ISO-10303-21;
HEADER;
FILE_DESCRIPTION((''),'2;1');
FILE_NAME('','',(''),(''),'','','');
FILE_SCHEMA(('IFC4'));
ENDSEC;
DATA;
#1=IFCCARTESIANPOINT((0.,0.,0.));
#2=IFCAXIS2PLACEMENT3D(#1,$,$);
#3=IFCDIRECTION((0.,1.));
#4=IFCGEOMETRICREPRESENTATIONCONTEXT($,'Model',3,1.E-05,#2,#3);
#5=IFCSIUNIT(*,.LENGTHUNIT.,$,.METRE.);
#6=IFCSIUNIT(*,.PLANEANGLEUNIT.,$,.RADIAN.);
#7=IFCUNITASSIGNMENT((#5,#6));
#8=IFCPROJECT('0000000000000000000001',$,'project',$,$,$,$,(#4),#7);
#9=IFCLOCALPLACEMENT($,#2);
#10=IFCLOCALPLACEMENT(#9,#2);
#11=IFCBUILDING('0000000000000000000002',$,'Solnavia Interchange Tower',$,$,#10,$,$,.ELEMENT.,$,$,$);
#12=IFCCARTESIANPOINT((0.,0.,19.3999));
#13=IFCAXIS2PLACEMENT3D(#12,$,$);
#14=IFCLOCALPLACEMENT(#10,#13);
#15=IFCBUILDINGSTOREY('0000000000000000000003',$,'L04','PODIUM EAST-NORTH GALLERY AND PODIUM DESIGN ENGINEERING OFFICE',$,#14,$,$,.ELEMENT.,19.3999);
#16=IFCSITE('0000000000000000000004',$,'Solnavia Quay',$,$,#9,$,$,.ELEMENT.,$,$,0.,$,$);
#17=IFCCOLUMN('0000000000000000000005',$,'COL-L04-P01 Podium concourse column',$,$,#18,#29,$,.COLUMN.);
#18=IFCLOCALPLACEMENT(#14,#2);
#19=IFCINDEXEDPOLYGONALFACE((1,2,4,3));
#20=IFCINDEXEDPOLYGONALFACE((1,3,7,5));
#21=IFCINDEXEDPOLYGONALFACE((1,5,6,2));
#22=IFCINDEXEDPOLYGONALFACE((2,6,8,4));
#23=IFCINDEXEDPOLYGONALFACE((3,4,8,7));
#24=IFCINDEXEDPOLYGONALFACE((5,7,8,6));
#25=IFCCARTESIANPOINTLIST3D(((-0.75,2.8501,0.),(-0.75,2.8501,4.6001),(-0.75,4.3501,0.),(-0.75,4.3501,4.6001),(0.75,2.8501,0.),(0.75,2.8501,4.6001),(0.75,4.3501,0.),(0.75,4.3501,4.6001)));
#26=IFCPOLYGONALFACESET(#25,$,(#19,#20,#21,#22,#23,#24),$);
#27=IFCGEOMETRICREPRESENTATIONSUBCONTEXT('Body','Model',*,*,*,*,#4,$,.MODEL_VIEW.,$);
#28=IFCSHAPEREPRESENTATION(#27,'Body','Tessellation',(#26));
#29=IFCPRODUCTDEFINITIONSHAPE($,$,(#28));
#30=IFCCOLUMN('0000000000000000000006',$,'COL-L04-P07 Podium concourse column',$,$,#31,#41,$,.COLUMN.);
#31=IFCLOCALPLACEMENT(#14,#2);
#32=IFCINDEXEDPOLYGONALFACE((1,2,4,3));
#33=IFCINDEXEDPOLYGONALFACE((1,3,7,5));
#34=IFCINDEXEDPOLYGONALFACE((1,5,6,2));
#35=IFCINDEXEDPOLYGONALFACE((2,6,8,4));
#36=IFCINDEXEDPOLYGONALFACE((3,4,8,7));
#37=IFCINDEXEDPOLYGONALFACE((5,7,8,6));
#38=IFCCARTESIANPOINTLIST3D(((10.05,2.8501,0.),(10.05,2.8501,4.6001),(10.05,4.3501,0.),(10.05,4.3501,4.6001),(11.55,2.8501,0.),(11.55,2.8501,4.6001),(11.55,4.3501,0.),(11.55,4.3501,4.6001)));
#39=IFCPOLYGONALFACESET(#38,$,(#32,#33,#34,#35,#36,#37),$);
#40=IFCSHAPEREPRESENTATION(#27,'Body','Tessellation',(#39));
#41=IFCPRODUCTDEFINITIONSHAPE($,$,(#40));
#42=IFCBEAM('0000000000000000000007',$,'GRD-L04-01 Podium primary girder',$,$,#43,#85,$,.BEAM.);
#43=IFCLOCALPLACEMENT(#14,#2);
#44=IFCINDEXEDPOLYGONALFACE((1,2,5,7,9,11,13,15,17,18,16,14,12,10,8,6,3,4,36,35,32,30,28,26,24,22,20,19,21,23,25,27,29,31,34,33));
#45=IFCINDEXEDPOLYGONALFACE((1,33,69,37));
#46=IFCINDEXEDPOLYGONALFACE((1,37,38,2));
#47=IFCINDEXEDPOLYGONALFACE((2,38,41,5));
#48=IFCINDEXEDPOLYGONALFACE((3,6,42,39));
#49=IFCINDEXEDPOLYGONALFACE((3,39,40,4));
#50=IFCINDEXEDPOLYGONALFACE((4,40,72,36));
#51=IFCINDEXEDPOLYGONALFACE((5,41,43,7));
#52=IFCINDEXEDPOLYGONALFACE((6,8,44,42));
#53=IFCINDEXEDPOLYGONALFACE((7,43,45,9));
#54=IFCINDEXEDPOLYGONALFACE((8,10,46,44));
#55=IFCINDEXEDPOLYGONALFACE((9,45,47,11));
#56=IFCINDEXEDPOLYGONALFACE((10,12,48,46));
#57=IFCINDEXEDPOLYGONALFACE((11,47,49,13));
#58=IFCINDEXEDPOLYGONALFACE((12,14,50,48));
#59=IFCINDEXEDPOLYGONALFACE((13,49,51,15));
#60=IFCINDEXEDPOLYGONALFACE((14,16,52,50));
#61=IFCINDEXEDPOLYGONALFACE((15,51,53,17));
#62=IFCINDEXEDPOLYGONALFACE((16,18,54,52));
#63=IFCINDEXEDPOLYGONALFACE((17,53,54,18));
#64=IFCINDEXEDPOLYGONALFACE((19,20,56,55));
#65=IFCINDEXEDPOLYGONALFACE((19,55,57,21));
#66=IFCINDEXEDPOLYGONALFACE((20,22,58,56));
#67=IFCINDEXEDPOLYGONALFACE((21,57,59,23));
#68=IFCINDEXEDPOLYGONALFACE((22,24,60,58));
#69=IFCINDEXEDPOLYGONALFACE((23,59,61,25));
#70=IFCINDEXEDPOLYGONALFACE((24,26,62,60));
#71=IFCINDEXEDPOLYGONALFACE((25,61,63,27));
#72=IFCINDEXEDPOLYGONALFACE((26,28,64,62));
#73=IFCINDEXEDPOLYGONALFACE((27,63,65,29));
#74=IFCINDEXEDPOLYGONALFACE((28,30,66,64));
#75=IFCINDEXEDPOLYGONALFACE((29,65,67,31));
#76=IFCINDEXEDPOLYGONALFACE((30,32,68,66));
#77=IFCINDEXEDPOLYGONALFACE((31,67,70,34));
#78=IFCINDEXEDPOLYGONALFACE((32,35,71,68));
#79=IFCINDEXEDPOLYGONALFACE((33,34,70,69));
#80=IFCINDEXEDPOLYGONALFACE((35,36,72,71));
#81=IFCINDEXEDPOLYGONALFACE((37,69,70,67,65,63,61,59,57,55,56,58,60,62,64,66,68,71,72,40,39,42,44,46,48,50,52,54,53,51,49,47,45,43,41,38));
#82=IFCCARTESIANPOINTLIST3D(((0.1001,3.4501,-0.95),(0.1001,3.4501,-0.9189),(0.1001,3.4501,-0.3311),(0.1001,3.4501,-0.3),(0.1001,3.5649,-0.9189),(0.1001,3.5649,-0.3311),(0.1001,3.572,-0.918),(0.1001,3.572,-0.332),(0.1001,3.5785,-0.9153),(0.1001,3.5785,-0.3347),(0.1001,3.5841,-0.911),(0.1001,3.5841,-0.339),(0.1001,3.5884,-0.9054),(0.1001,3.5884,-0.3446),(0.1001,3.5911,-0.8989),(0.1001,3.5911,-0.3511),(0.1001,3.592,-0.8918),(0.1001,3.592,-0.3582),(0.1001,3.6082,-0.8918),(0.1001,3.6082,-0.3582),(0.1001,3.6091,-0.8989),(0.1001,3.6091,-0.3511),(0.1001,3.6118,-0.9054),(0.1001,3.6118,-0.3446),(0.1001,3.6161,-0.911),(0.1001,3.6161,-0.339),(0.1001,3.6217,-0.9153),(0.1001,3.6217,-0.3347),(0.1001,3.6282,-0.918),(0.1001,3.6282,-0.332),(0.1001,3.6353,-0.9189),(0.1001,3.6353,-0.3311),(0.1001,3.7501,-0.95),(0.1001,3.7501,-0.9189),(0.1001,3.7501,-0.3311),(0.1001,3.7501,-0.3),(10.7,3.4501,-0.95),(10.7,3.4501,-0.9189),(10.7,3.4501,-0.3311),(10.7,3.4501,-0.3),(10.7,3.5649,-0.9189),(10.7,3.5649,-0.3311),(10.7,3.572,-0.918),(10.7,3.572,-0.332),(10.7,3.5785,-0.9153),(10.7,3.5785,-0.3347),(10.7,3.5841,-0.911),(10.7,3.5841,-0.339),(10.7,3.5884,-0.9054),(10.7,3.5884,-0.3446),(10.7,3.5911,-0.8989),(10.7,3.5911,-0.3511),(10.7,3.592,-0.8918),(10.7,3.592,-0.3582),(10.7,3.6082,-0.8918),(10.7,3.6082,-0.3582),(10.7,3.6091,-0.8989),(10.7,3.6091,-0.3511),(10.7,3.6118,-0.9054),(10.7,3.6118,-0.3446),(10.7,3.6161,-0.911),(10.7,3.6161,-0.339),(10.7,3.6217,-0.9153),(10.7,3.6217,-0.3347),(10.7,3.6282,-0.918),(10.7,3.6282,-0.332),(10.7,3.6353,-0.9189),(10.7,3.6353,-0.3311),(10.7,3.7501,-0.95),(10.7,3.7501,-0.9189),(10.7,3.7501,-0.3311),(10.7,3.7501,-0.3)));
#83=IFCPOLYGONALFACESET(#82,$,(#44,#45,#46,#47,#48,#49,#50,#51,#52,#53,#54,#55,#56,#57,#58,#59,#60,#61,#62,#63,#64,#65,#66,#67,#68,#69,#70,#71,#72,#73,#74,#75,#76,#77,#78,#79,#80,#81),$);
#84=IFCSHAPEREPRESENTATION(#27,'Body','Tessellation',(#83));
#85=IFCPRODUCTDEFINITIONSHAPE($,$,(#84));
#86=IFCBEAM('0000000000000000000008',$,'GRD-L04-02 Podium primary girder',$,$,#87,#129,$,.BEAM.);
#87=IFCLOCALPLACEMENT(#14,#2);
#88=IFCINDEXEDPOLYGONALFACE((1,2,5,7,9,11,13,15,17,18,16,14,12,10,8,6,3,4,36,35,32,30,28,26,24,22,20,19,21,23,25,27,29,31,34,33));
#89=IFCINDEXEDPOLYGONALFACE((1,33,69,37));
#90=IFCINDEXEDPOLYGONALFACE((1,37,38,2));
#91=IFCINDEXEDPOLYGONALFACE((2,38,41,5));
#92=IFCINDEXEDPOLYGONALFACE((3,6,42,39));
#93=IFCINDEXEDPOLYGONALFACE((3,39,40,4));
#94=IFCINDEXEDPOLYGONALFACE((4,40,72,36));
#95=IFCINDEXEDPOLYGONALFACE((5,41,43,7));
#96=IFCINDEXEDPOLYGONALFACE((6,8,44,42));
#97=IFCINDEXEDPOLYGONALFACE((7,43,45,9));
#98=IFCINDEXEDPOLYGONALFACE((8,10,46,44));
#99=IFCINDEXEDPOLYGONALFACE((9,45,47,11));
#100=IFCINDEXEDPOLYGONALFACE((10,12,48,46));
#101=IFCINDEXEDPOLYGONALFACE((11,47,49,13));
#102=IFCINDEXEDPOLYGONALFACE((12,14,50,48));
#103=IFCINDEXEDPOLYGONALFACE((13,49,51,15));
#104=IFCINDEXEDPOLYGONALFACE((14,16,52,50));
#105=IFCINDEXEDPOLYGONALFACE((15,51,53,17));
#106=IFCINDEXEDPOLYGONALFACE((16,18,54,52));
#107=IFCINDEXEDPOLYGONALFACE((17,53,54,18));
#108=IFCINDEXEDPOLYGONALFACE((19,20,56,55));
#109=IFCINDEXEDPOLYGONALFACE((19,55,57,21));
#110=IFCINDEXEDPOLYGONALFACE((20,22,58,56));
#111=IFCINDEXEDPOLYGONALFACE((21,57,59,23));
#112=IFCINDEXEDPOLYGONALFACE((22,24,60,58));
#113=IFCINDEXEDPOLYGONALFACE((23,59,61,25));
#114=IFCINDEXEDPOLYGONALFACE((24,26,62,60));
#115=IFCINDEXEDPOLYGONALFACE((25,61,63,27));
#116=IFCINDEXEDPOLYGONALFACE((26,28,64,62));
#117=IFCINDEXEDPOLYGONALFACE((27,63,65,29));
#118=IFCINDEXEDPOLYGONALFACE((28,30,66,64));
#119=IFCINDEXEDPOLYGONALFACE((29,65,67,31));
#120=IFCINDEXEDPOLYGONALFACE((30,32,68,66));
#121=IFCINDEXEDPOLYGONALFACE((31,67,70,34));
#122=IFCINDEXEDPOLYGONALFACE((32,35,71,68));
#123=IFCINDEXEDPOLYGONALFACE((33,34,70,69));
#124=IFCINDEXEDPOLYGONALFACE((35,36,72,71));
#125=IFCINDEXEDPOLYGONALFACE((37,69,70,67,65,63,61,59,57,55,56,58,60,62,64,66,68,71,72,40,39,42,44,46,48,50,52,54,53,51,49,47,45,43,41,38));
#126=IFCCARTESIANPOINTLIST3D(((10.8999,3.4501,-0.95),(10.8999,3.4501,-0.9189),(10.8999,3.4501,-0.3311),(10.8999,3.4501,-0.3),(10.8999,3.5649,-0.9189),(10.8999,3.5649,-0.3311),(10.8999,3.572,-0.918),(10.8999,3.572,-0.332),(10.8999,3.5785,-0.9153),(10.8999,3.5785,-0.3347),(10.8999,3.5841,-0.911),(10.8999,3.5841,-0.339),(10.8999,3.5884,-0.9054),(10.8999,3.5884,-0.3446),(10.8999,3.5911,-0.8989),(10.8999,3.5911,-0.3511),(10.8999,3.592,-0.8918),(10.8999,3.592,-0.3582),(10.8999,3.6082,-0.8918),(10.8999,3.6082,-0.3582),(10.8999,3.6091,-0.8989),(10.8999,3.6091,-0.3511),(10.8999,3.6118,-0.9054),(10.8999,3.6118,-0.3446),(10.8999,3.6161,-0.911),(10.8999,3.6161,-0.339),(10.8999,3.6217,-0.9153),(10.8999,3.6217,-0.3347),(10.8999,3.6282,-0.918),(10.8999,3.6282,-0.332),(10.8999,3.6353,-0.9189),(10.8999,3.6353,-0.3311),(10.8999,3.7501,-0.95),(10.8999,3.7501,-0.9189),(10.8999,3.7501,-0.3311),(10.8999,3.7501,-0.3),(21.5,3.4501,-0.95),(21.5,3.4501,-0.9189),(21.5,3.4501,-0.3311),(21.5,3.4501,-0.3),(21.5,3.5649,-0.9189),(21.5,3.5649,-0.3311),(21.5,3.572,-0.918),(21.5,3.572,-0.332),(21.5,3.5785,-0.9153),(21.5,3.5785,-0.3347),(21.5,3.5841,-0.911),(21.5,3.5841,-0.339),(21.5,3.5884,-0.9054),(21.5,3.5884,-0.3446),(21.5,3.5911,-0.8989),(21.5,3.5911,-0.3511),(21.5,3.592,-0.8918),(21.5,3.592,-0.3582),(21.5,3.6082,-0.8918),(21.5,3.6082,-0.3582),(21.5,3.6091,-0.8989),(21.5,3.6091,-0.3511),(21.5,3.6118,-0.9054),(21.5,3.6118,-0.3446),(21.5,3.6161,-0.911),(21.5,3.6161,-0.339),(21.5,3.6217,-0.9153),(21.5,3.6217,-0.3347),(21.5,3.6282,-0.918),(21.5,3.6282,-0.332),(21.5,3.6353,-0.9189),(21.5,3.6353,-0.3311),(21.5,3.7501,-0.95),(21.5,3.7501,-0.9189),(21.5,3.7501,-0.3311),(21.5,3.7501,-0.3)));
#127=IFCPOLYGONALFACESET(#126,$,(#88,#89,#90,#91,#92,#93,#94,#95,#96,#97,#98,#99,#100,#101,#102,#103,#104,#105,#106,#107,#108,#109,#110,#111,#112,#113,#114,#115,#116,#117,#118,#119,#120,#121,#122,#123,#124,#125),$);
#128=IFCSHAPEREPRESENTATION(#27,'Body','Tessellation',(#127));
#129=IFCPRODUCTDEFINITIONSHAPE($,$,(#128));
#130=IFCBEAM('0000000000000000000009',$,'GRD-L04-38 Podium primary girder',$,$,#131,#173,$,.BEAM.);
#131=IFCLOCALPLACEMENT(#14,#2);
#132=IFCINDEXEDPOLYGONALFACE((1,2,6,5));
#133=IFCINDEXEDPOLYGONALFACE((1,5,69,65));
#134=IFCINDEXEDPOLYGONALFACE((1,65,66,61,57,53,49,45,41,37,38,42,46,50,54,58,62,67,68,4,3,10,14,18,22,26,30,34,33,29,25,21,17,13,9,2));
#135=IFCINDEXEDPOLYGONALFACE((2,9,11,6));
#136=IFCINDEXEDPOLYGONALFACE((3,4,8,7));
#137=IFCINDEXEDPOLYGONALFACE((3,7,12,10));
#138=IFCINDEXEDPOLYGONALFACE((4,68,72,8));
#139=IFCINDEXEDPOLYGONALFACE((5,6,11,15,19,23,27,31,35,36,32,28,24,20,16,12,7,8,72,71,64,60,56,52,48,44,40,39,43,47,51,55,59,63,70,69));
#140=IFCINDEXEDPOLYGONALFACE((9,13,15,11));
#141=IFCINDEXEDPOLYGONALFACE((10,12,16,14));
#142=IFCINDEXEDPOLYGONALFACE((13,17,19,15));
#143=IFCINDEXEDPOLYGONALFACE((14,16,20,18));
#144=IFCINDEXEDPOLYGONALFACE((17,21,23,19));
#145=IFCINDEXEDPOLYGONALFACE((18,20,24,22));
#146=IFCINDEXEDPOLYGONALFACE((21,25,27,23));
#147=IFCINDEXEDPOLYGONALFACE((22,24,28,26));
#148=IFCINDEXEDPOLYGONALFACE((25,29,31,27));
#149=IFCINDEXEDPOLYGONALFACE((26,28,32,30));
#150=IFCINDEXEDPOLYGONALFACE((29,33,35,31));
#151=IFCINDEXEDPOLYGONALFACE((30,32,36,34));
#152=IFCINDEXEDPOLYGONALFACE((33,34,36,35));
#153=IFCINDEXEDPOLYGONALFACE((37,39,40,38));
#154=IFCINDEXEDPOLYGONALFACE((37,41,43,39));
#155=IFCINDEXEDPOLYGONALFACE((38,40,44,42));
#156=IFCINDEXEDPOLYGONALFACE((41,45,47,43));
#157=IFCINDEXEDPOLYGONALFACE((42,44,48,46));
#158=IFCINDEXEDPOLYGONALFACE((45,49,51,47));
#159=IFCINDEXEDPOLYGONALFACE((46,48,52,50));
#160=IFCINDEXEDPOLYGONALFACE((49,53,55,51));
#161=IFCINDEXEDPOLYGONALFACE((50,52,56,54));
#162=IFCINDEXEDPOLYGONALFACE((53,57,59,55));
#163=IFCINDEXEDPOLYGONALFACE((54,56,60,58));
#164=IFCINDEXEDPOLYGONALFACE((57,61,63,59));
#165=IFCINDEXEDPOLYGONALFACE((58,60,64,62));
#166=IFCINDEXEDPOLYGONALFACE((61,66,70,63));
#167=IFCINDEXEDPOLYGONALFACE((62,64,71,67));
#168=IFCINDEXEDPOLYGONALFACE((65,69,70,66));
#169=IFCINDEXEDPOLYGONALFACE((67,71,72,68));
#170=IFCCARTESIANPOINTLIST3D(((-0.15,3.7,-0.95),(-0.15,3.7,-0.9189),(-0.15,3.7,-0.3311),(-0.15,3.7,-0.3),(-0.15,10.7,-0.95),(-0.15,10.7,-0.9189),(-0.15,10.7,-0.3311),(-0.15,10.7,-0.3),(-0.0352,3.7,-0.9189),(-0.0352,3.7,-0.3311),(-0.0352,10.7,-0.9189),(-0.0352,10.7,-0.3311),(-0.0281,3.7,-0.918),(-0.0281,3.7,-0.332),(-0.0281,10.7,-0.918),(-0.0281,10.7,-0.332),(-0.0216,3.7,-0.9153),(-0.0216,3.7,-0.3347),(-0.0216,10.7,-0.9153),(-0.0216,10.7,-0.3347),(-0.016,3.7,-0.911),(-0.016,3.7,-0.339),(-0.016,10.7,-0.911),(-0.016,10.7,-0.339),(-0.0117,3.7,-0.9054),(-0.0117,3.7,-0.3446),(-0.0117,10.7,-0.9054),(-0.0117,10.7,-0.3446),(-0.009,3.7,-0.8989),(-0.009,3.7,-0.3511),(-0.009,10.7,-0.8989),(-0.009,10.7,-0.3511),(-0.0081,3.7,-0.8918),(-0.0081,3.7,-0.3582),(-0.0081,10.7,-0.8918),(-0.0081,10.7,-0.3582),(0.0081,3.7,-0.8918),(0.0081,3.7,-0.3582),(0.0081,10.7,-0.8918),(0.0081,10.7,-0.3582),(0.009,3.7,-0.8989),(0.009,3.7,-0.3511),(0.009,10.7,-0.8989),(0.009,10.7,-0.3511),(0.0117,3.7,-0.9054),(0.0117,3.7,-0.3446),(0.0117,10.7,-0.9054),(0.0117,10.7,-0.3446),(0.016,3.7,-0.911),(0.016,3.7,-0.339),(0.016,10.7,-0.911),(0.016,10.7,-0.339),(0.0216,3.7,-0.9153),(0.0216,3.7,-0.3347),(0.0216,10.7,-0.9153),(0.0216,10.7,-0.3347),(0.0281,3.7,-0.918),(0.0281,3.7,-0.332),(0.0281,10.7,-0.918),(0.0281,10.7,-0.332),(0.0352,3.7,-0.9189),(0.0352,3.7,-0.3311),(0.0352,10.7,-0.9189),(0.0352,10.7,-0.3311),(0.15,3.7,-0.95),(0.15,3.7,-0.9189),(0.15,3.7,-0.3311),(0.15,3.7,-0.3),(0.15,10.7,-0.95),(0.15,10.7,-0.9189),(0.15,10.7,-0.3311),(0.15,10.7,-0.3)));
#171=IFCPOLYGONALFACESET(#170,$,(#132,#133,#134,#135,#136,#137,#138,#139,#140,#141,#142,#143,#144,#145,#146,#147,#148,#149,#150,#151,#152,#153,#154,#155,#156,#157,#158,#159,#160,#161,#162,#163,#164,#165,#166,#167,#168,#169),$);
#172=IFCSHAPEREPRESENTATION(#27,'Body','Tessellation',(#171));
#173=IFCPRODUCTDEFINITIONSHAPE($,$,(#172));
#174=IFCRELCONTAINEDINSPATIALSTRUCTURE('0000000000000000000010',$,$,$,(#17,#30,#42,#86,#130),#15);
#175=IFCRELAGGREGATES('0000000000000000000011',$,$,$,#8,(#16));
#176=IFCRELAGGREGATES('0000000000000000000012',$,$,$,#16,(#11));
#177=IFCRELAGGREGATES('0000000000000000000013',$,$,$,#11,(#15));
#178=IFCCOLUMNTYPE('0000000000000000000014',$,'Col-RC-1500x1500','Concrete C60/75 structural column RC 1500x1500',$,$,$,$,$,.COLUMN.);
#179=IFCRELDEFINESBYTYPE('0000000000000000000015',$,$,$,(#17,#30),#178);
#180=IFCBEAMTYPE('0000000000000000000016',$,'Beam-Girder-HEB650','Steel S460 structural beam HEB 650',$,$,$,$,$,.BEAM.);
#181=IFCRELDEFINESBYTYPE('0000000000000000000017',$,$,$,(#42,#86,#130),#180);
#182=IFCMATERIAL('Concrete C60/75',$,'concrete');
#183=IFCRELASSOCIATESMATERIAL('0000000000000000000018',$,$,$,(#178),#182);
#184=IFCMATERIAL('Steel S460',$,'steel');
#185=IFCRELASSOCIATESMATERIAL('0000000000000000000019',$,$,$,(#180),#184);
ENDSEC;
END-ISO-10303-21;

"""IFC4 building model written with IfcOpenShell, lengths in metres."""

from ifc_helpers import new_model, si_unit, direction, frame, origin, origin_2d, place, context, subcontext, project, spatial, rectangle, i_section, extrude, material, material_profile, profile_set, type_object, element, save


model = new_model("IFC4")

# Units and contexts
model_context = context("Model", 3, precision=1e-05, world=origin(), true_north=direction((0.0, 1.0)))
body_context = subcontext(model_context, "Body", "Model", "MODEL_VIEW")
ifc_project = project(units=[si_unit("LENGTHUNIT", "METRE"), si_unit("PLANEANGLEUNIT", "RADIAN")], contexts=[model_context])

# Site, building, storey
site_placement = place(None, origin())
site = spatial("IfcSite", under=ifc_project, at=site_placement, Name="Solnavia Quay", CompositionType="ELEMENT", RefElevation=0.0)
building_placement = place(site_placement, origin())
building = spatial("IfcBuilding", under=site, at=building_placement, Name="Solnavia Interchange Tower", CompositionType="ELEMENT")
storey_placement = place(building_placement, frame((0.0, 0.0, 19.3999)))
storey = spatial("IfcBuildingStorey", under=building, at=storey_placement, Name="L04", Description="PODIUM EAST-NORTH GALLERY AND PODIUM DESIGN ENGINEERING OFFICE", CompositionType="ELEMENT", Elevation=19.3999)

# Columns
ifc_material_1 = material(Name="Concrete C60/75", Category="concrete")
ifc_material_profile_1 = material_profile(ifc_material_1, rectangle(XDim=1.5, YDim=1.5, at=origin_2d()), Name="RC 1500x1500")
ifc_profile_set_1 = profile_set([ifc_material_profile_1], Name="Concrete C60/75")
column_type = type_object("IfcColumnType", Name="Col-RC-1500x1500", Description="Concrete C60/75 structural column RC 1500x1500", PredefinedType="COLUMN", material=ifc_profile_set_1)
for number, where, z_axis, x_axis, name in (
    (1, (0.0, 3.6001, 0.0), (0.0, 0.0, 1.0), (1.0, 0.0, 0.0), "COL-L04-P01 Podium concourse column"),
    (2, (10.8, 3.6001, 0.0), (0.0, 0.0, 1.0), (1.0, 0.0, 0.0), "COL-L04-P07 Podium concourse column"),
):
    element("IfcColumn", number, at=place(storey_placement, frame(where, z_axis=z_axis, x_axis=x_axis)), inside=storey, type_object=column_type, Name=name, PredefinedType="COLUMN", context=body_context, shape_type="SweptSolid", body=[
        extrude(rectangle(XDim=1.5, YDim=1.5, at=origin_2d()), origin(), (0.0, 0.0, 1.0), 4.6001),
    ])

# Beams
ifc_material_2 = material(Name="Steel S460", Category="steel")
ifc_material_profile_2 = material_profile(ifc_material_2, i_section(OverallWidth=0.3, OverallDepth=0.6499, WebThickness=0.0161, FlangeThickness=0.031, FilletRadius=0.0271, at=origin_2d()), Name="HEB 650")
ifc_profile_set_2 = profile_set([ifc_material_profile_2], Name="Steel S460")
beam_type_1 = type_object("IfcBeamType", Name="Beam-Girder-HEB650", Description="Steel S460 structural beam HEB 650", PredefinedType="BEAM", material=ifc_profile_set_2)
beam_1_placement = place(storey_placement, frame((0.1001, 3.6001, -0.625), z_axis=(1.0, 0.0, 0.0), x_axis=(0.0, 1.0, 0.0)))
element("IfcBeam", 3, at=beam_1_placement, inside=storey, type_object=beam_type_1, Name="GRD-L04-01 Podium primary girder", PredefinedType="BEAM", context=body_context, shape_type="SweptSolid", body=[
    extrude(i_section(OverallWidth=0.3, OverallDepth=0.6499, WebThickness=0.0161, FlangeThickness=0.031, FilletRadius=0.0271, at=origin_2d()), origin(), (0.0, 0.0, 1.0), 10.5999),
])
beam_2_placement = place(storey_placement, frame((10.8999, 3.6001, -0.625), z_axis=(1.0, 0.0, 0.0), x_axis=(0.0, 1.0, 0.0)))
element("IfcBeam", 4, at=beam_2_placement, inside=storey, type_object=beam_type_1, Name="GRD-L04-02 Podium primary girder", PredefinedType="BEAM", context=body_context, shape_type="SweptSolid", body=[
    extrude(i_section(OverallWidth=0.3, OverallDepth=0.6499, WebThickness=0.0161, FlangeThickness=0.031, FilletRadius=0.0271, at=origin_2d()), origin(), (0.0, 0.0, 1.0), 10.6001),
])
for number, where, z_axis, x_axis, name in (
    (5, (0.0, 3.7, -0.625), (0.0, 1.0, 0.0), (-1.0, 0.0, 0.0), "GRD-L04-38 Podium primary girder"),
):
    element("IfcBeam", number, at=place(storey_placement, frame(where, z_axis=z_axis, x_axis=x_axis)), inside=storey, type_object=beam_type_1, Name=name, PredefinedType="BEAM", context=body_context, shape_type="SweptSolid", body=[
        extrude(i_section(OverallWidth=0.3, OverallDepth=0.6499, WebThickness=0.0161, FlangeThickness=0.031, FilletRadius=0.0271, at=origin_2d()), origin(), (0.0, 0.0, 1.0), 7.0),
    ])

save(model, "model.ifc")
